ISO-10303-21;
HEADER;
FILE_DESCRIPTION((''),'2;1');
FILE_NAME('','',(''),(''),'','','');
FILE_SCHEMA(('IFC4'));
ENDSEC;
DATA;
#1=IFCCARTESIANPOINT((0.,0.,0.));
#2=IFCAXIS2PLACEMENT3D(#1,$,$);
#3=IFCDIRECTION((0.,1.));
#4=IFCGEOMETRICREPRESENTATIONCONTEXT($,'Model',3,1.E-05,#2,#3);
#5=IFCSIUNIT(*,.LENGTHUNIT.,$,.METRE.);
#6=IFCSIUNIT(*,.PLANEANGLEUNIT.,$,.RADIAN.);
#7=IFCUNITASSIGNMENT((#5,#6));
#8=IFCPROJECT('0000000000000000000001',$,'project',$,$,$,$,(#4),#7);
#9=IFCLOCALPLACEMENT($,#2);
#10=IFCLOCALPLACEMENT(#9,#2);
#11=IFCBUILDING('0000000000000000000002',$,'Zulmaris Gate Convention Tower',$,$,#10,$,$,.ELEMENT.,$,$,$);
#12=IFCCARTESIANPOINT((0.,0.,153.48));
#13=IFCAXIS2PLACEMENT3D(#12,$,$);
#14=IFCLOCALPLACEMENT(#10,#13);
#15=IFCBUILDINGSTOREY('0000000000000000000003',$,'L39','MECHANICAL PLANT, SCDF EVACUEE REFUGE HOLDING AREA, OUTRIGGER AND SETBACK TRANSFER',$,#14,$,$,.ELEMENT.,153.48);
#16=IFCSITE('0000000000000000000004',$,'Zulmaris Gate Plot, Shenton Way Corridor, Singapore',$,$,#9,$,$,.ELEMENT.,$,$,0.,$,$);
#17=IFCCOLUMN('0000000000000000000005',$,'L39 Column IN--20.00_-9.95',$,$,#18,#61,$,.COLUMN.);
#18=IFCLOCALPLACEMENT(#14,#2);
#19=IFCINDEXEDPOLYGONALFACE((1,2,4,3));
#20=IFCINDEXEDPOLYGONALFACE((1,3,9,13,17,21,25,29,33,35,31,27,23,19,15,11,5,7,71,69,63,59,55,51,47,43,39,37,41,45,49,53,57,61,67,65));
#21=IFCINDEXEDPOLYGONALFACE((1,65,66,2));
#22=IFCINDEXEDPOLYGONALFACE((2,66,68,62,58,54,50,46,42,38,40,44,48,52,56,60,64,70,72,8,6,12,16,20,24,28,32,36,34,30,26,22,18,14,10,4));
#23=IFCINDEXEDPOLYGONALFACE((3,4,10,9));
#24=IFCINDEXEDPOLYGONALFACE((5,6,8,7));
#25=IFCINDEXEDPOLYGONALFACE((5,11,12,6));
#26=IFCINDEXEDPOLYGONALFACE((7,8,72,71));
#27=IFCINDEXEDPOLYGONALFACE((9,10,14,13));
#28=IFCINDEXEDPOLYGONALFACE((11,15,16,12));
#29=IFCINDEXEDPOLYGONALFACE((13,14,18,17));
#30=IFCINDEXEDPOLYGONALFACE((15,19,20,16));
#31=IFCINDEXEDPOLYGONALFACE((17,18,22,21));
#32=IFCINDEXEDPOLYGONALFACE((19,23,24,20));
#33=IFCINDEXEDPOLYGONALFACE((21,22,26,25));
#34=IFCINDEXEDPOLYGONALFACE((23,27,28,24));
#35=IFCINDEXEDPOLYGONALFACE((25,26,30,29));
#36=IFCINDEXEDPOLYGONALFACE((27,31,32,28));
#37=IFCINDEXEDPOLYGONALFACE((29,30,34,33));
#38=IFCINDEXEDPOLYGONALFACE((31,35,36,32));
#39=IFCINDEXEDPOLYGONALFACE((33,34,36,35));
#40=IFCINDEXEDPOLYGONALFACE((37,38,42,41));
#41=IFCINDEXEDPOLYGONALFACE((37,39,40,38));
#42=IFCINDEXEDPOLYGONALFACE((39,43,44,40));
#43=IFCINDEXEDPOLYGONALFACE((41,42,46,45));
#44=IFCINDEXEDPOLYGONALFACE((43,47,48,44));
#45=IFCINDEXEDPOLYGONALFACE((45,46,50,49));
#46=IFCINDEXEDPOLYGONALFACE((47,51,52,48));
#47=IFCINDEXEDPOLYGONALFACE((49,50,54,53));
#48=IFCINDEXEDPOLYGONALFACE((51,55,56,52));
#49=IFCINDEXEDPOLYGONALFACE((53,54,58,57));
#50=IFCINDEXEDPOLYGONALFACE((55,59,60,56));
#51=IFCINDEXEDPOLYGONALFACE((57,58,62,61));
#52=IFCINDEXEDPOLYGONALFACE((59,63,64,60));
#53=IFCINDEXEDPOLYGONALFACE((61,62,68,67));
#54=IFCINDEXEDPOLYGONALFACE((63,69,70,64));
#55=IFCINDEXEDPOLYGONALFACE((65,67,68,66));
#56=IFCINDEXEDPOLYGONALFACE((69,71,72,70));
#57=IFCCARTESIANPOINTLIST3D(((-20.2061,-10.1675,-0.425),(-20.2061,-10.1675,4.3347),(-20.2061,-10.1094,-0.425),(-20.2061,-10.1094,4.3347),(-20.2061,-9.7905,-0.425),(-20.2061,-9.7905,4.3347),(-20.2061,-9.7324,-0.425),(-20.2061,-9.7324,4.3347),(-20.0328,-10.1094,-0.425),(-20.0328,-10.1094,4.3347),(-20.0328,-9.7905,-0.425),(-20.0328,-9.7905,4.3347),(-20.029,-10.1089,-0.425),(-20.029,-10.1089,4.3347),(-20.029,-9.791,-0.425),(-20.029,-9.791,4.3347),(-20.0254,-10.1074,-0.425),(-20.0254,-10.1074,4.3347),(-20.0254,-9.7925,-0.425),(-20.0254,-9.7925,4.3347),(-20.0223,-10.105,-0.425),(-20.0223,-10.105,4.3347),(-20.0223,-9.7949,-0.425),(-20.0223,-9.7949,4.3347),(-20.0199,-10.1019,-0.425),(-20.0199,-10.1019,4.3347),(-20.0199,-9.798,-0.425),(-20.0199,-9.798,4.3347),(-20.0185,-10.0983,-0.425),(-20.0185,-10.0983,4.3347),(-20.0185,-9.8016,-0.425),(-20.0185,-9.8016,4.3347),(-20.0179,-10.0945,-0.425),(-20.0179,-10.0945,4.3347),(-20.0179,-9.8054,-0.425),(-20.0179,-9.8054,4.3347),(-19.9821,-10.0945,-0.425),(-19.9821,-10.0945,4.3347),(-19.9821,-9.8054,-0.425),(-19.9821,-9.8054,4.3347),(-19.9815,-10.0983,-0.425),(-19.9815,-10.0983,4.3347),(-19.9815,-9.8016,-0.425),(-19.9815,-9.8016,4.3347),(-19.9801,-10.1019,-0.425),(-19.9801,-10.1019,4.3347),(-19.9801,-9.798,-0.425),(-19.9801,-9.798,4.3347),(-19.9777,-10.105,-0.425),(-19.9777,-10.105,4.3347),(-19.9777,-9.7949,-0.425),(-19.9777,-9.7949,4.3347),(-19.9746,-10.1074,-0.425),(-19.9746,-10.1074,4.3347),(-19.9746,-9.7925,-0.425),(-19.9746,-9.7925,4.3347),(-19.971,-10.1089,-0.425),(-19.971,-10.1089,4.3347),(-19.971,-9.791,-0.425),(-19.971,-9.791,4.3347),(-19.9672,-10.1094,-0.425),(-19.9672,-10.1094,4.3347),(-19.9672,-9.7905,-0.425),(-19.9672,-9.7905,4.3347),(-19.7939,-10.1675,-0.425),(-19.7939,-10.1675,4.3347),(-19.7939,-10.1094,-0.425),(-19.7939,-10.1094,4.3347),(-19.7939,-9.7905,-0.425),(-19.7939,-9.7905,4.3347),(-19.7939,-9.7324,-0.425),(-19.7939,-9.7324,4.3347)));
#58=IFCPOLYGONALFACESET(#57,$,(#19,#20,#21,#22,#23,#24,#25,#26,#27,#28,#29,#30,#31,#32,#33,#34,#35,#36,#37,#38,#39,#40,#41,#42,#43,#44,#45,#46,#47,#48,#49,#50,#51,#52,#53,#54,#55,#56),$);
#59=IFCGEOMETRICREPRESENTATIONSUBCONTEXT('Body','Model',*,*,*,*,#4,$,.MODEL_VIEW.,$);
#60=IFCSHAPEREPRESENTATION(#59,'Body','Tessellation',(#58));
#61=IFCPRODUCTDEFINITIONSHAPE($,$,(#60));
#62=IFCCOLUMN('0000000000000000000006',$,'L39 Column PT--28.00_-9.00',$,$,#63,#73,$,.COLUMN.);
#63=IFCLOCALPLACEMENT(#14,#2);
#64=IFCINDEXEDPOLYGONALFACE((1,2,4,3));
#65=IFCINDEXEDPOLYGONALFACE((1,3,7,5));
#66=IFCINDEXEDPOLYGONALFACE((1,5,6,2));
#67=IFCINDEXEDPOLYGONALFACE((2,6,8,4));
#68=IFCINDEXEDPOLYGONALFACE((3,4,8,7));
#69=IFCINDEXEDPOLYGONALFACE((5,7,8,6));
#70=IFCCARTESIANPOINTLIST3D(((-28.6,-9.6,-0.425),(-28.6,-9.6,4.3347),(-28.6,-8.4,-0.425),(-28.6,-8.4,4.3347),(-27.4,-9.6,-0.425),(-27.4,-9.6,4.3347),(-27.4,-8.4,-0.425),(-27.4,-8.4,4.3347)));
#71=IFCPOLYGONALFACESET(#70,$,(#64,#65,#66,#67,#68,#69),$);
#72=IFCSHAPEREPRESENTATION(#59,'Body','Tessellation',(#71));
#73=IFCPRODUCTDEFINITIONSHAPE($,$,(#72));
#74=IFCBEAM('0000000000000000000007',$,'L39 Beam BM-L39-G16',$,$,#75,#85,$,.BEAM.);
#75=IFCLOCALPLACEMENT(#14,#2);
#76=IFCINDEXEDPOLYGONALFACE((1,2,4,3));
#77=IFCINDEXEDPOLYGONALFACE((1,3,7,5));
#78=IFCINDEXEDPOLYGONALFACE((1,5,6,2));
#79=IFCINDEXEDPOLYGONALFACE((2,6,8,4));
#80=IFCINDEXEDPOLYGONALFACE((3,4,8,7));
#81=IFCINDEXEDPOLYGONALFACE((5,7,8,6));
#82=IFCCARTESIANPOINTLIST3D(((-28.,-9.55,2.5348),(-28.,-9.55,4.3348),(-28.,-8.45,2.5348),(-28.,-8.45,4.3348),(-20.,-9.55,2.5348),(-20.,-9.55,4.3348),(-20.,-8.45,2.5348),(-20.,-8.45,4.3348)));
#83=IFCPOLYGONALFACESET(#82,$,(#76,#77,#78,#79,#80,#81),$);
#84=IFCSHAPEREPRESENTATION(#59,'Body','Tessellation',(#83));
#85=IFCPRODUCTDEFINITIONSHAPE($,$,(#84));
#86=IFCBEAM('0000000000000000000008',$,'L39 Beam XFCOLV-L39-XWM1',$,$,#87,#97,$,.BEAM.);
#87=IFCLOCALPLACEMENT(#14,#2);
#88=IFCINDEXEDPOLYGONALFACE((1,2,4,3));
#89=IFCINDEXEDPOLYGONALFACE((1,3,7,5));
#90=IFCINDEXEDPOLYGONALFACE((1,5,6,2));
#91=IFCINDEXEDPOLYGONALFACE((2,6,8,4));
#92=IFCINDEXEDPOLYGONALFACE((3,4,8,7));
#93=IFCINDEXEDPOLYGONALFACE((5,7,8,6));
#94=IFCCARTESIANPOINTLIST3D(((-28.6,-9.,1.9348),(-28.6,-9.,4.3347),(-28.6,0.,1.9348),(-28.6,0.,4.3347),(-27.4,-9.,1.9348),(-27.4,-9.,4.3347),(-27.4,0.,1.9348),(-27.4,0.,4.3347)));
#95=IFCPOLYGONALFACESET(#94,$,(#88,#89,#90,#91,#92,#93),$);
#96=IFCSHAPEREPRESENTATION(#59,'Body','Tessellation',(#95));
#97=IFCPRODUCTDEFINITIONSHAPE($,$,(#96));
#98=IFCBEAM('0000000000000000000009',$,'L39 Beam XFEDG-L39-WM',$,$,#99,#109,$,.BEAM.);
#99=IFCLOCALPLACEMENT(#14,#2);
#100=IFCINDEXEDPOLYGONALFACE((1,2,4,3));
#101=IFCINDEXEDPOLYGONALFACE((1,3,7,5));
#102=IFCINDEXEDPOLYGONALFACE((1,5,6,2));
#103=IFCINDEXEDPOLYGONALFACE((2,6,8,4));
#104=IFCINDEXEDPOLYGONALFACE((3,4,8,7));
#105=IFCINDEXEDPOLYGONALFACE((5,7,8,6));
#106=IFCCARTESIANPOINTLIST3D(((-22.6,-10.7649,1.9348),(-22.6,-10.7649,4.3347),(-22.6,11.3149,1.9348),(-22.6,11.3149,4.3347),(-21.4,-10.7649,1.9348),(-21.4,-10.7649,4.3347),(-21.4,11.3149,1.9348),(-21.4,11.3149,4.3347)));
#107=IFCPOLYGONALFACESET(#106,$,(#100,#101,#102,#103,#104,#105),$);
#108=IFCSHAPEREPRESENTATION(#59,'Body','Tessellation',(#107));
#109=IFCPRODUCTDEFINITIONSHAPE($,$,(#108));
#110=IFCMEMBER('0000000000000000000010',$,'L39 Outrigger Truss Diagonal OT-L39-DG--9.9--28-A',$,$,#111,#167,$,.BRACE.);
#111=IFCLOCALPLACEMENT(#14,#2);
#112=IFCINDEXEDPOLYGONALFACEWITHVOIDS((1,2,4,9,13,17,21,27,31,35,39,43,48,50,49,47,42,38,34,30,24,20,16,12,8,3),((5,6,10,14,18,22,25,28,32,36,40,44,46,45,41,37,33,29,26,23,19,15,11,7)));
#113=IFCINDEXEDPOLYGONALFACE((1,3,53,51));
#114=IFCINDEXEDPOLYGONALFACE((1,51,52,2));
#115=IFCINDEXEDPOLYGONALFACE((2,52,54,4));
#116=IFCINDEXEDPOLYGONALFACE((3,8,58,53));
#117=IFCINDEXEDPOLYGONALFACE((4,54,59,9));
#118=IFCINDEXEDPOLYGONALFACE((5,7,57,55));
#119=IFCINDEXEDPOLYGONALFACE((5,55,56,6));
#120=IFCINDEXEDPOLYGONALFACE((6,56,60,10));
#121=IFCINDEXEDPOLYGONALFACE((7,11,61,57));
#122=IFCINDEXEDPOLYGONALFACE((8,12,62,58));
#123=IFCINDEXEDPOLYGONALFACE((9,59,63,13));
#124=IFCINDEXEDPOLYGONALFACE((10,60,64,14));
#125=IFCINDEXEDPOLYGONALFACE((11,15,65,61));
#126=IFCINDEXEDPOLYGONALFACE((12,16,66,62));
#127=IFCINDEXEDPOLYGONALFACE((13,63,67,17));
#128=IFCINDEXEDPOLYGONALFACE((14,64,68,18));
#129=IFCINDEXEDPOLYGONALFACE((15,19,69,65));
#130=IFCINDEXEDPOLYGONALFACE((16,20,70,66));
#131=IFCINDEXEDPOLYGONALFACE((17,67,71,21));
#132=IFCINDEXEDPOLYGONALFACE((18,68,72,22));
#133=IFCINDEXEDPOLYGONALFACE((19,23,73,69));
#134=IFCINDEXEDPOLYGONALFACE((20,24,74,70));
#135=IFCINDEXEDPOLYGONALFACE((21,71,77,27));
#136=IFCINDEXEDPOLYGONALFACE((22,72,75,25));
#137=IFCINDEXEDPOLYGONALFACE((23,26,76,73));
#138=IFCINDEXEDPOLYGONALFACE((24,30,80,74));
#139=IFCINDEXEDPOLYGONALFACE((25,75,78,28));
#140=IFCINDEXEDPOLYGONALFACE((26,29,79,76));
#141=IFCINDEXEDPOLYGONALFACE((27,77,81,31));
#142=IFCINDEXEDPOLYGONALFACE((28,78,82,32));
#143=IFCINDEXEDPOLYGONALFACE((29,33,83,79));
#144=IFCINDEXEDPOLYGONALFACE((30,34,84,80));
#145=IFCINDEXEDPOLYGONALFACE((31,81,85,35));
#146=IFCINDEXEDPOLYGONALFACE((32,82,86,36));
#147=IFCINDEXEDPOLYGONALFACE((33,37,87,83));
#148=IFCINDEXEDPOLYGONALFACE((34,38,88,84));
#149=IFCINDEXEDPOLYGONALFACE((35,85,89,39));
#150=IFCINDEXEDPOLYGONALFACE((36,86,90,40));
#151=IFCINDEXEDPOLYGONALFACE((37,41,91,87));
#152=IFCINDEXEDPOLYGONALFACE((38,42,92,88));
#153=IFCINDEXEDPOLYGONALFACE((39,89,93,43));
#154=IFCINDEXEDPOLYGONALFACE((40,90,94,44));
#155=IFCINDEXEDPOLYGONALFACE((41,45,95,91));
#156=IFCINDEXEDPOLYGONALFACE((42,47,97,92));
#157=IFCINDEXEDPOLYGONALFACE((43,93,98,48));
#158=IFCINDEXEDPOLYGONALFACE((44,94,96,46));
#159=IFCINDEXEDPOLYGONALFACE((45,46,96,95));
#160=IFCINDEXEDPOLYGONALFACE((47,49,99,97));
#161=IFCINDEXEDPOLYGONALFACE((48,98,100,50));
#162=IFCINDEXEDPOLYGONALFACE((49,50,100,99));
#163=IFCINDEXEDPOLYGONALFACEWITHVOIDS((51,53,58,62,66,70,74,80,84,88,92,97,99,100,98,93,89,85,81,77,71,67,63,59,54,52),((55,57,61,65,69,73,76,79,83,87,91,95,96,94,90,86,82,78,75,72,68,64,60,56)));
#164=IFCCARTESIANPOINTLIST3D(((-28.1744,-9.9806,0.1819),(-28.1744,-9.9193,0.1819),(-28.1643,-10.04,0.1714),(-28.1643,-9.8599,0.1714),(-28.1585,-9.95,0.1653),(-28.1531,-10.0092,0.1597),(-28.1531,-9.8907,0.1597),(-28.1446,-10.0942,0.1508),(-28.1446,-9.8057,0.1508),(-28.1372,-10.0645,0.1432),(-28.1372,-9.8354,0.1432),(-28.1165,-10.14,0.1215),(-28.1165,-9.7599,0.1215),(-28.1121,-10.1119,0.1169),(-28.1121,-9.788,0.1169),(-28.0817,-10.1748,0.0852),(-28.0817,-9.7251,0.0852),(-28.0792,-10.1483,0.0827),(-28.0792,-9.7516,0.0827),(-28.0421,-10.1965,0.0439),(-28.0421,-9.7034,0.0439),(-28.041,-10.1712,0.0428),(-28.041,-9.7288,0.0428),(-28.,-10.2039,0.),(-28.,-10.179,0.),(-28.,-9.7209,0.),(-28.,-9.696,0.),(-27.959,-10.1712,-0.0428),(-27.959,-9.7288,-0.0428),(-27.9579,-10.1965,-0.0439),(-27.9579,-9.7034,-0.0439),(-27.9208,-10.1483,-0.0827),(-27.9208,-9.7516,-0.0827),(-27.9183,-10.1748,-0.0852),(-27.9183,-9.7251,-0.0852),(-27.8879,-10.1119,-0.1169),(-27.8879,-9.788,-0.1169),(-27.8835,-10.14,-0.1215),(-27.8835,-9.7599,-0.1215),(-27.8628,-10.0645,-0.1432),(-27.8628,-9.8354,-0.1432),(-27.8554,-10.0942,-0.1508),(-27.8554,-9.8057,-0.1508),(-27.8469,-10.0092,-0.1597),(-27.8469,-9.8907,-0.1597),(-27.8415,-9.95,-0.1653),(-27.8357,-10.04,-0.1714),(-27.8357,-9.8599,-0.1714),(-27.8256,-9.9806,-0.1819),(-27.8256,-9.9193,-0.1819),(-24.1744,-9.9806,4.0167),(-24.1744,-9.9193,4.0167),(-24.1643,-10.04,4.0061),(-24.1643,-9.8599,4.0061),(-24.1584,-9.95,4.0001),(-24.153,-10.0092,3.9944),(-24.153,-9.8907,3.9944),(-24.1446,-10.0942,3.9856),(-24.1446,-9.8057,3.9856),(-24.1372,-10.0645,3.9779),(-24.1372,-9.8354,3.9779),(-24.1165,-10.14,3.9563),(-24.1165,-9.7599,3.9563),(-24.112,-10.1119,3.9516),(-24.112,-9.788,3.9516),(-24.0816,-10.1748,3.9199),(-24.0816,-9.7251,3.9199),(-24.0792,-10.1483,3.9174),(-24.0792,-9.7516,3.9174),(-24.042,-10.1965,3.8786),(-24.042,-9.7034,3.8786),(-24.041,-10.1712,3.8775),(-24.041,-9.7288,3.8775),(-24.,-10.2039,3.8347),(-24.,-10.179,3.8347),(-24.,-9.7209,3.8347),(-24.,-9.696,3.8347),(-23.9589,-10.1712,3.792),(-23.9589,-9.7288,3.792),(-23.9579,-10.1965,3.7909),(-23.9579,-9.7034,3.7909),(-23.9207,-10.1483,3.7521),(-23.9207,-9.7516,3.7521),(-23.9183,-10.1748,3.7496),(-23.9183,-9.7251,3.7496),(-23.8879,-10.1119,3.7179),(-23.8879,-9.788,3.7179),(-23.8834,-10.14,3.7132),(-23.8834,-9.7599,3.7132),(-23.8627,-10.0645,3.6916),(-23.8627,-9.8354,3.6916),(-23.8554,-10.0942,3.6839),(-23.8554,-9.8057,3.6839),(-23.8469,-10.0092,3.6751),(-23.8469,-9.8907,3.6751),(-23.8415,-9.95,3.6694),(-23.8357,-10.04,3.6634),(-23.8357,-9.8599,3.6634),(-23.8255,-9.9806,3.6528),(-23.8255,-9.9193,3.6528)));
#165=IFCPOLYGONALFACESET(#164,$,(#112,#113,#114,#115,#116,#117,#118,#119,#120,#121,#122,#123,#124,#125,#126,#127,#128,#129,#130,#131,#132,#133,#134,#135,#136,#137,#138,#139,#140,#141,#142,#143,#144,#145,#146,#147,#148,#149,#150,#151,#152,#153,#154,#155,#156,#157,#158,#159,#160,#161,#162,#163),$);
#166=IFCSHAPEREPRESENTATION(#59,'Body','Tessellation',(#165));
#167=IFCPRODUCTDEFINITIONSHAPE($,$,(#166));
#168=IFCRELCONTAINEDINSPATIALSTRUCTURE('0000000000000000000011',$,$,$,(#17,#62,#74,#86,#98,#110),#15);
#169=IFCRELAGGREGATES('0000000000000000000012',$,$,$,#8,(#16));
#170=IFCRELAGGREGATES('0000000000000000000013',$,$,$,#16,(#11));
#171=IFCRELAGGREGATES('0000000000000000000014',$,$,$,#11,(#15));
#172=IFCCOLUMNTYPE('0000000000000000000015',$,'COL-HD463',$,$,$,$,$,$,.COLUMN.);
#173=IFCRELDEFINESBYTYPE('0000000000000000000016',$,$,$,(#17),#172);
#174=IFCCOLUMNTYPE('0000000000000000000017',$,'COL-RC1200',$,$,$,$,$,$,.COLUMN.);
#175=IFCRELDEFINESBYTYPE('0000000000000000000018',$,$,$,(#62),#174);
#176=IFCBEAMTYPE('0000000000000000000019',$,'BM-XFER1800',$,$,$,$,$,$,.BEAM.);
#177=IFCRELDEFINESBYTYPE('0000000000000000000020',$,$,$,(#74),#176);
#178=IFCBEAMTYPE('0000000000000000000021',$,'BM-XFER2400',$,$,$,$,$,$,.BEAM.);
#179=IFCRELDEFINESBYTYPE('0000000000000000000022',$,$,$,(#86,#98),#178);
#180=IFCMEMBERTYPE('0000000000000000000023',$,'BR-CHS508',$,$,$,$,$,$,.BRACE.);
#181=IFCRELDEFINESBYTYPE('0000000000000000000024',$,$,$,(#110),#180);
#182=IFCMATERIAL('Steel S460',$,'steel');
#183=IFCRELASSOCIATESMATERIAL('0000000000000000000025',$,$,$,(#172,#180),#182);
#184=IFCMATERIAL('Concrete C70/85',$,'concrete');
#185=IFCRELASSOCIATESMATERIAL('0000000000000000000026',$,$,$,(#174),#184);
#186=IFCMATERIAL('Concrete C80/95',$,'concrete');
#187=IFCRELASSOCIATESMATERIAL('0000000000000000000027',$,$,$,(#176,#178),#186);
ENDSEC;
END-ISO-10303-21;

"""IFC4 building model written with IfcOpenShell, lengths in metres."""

from ifc_helpers import new_model, si_unit, direction, frame, origin, origin_2d, place, context, subcontext, project, spatial, rectangle, hollow_circle, i_section, extrude, material, material_profile, profile_set, type_object, element, save


model = new_model("IFC4")

# Units and contexts
model_context = context("Model", 3, precision=1e-05, world=origin(), true_north=direction((0.0, 1.0)))
body_context = subcontext(model_context, "Body", "Model", "MODEL_VIEW")
ifc_project = project(units=[si_unit("LENGTHUNIT", "METRE"), si_unit("PLANEANGLEUNIT", "RADIAN")], contexts=[model_context])

# Site, building, storey
site_placement = place(None, origin())
site = spatial("IfcSite", under=ifc_project, at=site_placement, Name="Zulmaris Gate Plot, Shenton Way Corridor, Singapore", CompositionType="ELEMENT", RefElevation=0.0)
building_placement = place(site_placement, origin())
building = spatial("IfcBuilding", under=site, at=building_placement, Name="Zulmaris Gate Convention Tower", CompositionType="ELEMENT")
storey_placement = place(building_placement, frame((0.0, 0.0, 153.48)))
storey = spatial("IfcBuildingStorey", under=building, at=storey_placement, Name="L39", Description="MECHANICAL PLANT, SCDF EVACUEE REFUGE HOLDING AREA, OUTRIGGER AND SETBACK TRANSFER", CompositionType="ELEMENT", Elevation=153.48)

# Columns
ifc_material_1 = material(Name="Steel S460", Category="steel")
ifc_material_profile_1 = material_profile(ifc_material_1, i_section(OverallWidth=0.4121, OverallDepth=0.4351, WebThickness=0.0359, FlangeThickness=0.0581, FilletRadius=0.0149, at=origin_2d()), Name="HD 400x463")
ifc_profile_set_1 = profile_set([ifc_material_profile_1], Name="Steel S460")
column_type_1 = type_object("IfcColumnType", Name="COL-HD463", PredefinedType="COLUMN", material=ifc_profile_set_1)
column_1_placement = place(storey_placement, frame((-20.0, -9.95, -0.425), z_axis=(0.0, 0.0, 1.0), x_axis=(1.0, 0.0, 0.0)))
element("IfcColumn", 1, at=column_1_placement, inside=storey, type_object=column_type_1, Name="L39 Column IN--20.00_-9.95", PredefinedType="COLUMN", context=body_context, shape_type="SweptSolid", body=[
    extrude(i_section(OverallWidth=0.4121, OverallDepth=0.4351, WebThickness=0.0359, FlangeThickness=0.0581, FilletRadius=0.0149, at=origin_2d()), origin(), (0.0, 0.0, 1.0), 4.7598),
])
ifc_material_2 = material(Name="Concrete C70/85", Category="concrete")
ifc_material_profile_2 = material_profile(ifc_material_2, rectangle(XDim=1.2, YDim=1.2, at=origin_2d()), Name="RC COL 1200x1200")
ifc_profile_set_2 = profile_set([ifc_material_profile_2], Name="Concrete C70/85")
column_type_2 = type_object("IfcColumnType", Name="COL-RC1200", PredefinedType="COLUMN", material=ifc_profile_set_2)
column_2_placement = place(storey_placement, frame((-28.0, -9.0, -0.425), z_axis=(0.0, 0.0, 1.0), x_axis=(1.0, 0.0, 0.0)))
element("IfcColumn", 2, at=column_2_placement, inside=storey, type_object=column_type_2, Name="L39 Column PT--28.00_-9.00", PredefinedType="COLUMN", context=body_context, shape_type="SweptSolid", body=[
    extrude(rectangle(XDim=1.2, YDim=1.2, at=origin_2d()), origin(), (0.0, 0.0, 1.0), 4.7598),
])

# Beams
ifc_material_3 = material(Name="Concrete C80/95", Category="concrete")
ifc_material_profile_3 = material_profile(ifc_material_3, rectangle(XDim=1.1001, YDim=1.8, at=origin_2d()), Name="RC TRANSFER 1100x1800")
ifc_profile_set_3 = profile_set([ifc_material_profile_3], Name="Concrete C80/95")
beam_type_1 = type_object("IfcBeamType", Name="BM-XFER1800", PredefinedType="BEAM", material=ifc_profile_set_3)
beam_1_placement = place(storey_placement, frame((-28.0, -9.0, 3.4348), z_axis=(1.0, 0.0, 0.0), x_axis=(0.0, 1.0, 0.0)))
element("IfcBeam", 3, at=beam_1_placement, inside=storey, type_object=beam_type_1, Name="L39 Beam BM-L39-G16", PredefinedType="BEAM", context=body_context, shape_type="SweptSolid", body=[
    extrude(rectangle(XDim=1.1001, YDim=1.8, at=origin_2d()), origin(), (0.0, 0.0, 1.0), 8.0),
])
ifc_material_profile_4 = material_profile(ifc_material_3, rectangle(XDim=1.2, YDim=2.3999, at=origin_2d()), Name="RC TRANSFER 1200x2400")
ifc_profile_set_4 = profile_set([ifc_material_profile_4], Name="Concrete C80/95")
beam_type_2 = type_object("IfcBeamType", Name="BM-XFER2400", PredefinedType="BEAM", material=ifc_profile_set_4)
beam_2_placement = place(storey_placement, frame((-28.0, -9.0, 3.1348), z_axis=(0.0, 1.0, 0.0), x_axis=(-1.0, 0.0, 0.0)))
element("IfcBeam", 4, at=beam_2_placement, inside=storey, type_object=beam_type_2, Name="L39 Beam XFCOLV-L39-XWM1", PredefinedType="BEAM", context=body_context, shape_type="SweptSolid", body=[
    extrude(rectangle(XDim=1.2, YDim=2.3999, at=origin_2d()), origin(), (0.0, 0.0, 1.0), 9.0),
])
beam_3_placement = place(storey_placement, frame((-22.0, -10.7649, 3.1348), z_axis=(0.0, 1.0, 0.0), x_axis=(-1.0, 0.0, 0.0)))
element("IfcBeam", 5, at=beam_3_placement, inside=storey, type_object=beam_type_2, Name="L39 Beam XFEDG-L39-WM", PredefinedType="BEAM", context=body_context, shape_type="SweptSolid", body=[
    extrude(rectangle(XDim=1.2, YDim=2.3999, at=origin_2d()), origin(), (0.0, 0.0, 1.0), 22.0798),
])

# Member
ifc_material_profile_5 = material_profile(ifc_material_1, hollow_circle(Radius=0.2539, WallThickness=0.0249, at=origin_2d()), Name="CHS 508x25")
ifc_profile_set_5 = profile_set([ifc_material_profile_5], Name="Steel S460")
member_type_1 = type_object("IfcMemberType", Name="BR-CHS508", PredefinedType="BRACE", material=ifc_profile_set_5)
for number, where, z_axis, x_axis, name in (
    (6, (-28.0, -9.95, 0.0), (0.721863, 0.0, 0.692035), (0.0, 1.0, 0.0), "L39 Outrigger Truss Diagonal OT-L39-DG--9.9--28-A"),
):
    element("IfcMember", number, at=place(storey_placement, frame(where, z_axis=z_axis, x_axis=x_axis)), inside=storey, type_object=member_type_1, Name=name, PredefinedType="BRACE", context=body_context, shape_type="SweptSolid", body=[
        extrude(hollow_circle(Radius=0.2539, WallThickness=0.0249, at=origin_2d()), origin(), (0.0, 0.0, 1.0), 5.5413),
    ])

save(model, "model.ifc")
